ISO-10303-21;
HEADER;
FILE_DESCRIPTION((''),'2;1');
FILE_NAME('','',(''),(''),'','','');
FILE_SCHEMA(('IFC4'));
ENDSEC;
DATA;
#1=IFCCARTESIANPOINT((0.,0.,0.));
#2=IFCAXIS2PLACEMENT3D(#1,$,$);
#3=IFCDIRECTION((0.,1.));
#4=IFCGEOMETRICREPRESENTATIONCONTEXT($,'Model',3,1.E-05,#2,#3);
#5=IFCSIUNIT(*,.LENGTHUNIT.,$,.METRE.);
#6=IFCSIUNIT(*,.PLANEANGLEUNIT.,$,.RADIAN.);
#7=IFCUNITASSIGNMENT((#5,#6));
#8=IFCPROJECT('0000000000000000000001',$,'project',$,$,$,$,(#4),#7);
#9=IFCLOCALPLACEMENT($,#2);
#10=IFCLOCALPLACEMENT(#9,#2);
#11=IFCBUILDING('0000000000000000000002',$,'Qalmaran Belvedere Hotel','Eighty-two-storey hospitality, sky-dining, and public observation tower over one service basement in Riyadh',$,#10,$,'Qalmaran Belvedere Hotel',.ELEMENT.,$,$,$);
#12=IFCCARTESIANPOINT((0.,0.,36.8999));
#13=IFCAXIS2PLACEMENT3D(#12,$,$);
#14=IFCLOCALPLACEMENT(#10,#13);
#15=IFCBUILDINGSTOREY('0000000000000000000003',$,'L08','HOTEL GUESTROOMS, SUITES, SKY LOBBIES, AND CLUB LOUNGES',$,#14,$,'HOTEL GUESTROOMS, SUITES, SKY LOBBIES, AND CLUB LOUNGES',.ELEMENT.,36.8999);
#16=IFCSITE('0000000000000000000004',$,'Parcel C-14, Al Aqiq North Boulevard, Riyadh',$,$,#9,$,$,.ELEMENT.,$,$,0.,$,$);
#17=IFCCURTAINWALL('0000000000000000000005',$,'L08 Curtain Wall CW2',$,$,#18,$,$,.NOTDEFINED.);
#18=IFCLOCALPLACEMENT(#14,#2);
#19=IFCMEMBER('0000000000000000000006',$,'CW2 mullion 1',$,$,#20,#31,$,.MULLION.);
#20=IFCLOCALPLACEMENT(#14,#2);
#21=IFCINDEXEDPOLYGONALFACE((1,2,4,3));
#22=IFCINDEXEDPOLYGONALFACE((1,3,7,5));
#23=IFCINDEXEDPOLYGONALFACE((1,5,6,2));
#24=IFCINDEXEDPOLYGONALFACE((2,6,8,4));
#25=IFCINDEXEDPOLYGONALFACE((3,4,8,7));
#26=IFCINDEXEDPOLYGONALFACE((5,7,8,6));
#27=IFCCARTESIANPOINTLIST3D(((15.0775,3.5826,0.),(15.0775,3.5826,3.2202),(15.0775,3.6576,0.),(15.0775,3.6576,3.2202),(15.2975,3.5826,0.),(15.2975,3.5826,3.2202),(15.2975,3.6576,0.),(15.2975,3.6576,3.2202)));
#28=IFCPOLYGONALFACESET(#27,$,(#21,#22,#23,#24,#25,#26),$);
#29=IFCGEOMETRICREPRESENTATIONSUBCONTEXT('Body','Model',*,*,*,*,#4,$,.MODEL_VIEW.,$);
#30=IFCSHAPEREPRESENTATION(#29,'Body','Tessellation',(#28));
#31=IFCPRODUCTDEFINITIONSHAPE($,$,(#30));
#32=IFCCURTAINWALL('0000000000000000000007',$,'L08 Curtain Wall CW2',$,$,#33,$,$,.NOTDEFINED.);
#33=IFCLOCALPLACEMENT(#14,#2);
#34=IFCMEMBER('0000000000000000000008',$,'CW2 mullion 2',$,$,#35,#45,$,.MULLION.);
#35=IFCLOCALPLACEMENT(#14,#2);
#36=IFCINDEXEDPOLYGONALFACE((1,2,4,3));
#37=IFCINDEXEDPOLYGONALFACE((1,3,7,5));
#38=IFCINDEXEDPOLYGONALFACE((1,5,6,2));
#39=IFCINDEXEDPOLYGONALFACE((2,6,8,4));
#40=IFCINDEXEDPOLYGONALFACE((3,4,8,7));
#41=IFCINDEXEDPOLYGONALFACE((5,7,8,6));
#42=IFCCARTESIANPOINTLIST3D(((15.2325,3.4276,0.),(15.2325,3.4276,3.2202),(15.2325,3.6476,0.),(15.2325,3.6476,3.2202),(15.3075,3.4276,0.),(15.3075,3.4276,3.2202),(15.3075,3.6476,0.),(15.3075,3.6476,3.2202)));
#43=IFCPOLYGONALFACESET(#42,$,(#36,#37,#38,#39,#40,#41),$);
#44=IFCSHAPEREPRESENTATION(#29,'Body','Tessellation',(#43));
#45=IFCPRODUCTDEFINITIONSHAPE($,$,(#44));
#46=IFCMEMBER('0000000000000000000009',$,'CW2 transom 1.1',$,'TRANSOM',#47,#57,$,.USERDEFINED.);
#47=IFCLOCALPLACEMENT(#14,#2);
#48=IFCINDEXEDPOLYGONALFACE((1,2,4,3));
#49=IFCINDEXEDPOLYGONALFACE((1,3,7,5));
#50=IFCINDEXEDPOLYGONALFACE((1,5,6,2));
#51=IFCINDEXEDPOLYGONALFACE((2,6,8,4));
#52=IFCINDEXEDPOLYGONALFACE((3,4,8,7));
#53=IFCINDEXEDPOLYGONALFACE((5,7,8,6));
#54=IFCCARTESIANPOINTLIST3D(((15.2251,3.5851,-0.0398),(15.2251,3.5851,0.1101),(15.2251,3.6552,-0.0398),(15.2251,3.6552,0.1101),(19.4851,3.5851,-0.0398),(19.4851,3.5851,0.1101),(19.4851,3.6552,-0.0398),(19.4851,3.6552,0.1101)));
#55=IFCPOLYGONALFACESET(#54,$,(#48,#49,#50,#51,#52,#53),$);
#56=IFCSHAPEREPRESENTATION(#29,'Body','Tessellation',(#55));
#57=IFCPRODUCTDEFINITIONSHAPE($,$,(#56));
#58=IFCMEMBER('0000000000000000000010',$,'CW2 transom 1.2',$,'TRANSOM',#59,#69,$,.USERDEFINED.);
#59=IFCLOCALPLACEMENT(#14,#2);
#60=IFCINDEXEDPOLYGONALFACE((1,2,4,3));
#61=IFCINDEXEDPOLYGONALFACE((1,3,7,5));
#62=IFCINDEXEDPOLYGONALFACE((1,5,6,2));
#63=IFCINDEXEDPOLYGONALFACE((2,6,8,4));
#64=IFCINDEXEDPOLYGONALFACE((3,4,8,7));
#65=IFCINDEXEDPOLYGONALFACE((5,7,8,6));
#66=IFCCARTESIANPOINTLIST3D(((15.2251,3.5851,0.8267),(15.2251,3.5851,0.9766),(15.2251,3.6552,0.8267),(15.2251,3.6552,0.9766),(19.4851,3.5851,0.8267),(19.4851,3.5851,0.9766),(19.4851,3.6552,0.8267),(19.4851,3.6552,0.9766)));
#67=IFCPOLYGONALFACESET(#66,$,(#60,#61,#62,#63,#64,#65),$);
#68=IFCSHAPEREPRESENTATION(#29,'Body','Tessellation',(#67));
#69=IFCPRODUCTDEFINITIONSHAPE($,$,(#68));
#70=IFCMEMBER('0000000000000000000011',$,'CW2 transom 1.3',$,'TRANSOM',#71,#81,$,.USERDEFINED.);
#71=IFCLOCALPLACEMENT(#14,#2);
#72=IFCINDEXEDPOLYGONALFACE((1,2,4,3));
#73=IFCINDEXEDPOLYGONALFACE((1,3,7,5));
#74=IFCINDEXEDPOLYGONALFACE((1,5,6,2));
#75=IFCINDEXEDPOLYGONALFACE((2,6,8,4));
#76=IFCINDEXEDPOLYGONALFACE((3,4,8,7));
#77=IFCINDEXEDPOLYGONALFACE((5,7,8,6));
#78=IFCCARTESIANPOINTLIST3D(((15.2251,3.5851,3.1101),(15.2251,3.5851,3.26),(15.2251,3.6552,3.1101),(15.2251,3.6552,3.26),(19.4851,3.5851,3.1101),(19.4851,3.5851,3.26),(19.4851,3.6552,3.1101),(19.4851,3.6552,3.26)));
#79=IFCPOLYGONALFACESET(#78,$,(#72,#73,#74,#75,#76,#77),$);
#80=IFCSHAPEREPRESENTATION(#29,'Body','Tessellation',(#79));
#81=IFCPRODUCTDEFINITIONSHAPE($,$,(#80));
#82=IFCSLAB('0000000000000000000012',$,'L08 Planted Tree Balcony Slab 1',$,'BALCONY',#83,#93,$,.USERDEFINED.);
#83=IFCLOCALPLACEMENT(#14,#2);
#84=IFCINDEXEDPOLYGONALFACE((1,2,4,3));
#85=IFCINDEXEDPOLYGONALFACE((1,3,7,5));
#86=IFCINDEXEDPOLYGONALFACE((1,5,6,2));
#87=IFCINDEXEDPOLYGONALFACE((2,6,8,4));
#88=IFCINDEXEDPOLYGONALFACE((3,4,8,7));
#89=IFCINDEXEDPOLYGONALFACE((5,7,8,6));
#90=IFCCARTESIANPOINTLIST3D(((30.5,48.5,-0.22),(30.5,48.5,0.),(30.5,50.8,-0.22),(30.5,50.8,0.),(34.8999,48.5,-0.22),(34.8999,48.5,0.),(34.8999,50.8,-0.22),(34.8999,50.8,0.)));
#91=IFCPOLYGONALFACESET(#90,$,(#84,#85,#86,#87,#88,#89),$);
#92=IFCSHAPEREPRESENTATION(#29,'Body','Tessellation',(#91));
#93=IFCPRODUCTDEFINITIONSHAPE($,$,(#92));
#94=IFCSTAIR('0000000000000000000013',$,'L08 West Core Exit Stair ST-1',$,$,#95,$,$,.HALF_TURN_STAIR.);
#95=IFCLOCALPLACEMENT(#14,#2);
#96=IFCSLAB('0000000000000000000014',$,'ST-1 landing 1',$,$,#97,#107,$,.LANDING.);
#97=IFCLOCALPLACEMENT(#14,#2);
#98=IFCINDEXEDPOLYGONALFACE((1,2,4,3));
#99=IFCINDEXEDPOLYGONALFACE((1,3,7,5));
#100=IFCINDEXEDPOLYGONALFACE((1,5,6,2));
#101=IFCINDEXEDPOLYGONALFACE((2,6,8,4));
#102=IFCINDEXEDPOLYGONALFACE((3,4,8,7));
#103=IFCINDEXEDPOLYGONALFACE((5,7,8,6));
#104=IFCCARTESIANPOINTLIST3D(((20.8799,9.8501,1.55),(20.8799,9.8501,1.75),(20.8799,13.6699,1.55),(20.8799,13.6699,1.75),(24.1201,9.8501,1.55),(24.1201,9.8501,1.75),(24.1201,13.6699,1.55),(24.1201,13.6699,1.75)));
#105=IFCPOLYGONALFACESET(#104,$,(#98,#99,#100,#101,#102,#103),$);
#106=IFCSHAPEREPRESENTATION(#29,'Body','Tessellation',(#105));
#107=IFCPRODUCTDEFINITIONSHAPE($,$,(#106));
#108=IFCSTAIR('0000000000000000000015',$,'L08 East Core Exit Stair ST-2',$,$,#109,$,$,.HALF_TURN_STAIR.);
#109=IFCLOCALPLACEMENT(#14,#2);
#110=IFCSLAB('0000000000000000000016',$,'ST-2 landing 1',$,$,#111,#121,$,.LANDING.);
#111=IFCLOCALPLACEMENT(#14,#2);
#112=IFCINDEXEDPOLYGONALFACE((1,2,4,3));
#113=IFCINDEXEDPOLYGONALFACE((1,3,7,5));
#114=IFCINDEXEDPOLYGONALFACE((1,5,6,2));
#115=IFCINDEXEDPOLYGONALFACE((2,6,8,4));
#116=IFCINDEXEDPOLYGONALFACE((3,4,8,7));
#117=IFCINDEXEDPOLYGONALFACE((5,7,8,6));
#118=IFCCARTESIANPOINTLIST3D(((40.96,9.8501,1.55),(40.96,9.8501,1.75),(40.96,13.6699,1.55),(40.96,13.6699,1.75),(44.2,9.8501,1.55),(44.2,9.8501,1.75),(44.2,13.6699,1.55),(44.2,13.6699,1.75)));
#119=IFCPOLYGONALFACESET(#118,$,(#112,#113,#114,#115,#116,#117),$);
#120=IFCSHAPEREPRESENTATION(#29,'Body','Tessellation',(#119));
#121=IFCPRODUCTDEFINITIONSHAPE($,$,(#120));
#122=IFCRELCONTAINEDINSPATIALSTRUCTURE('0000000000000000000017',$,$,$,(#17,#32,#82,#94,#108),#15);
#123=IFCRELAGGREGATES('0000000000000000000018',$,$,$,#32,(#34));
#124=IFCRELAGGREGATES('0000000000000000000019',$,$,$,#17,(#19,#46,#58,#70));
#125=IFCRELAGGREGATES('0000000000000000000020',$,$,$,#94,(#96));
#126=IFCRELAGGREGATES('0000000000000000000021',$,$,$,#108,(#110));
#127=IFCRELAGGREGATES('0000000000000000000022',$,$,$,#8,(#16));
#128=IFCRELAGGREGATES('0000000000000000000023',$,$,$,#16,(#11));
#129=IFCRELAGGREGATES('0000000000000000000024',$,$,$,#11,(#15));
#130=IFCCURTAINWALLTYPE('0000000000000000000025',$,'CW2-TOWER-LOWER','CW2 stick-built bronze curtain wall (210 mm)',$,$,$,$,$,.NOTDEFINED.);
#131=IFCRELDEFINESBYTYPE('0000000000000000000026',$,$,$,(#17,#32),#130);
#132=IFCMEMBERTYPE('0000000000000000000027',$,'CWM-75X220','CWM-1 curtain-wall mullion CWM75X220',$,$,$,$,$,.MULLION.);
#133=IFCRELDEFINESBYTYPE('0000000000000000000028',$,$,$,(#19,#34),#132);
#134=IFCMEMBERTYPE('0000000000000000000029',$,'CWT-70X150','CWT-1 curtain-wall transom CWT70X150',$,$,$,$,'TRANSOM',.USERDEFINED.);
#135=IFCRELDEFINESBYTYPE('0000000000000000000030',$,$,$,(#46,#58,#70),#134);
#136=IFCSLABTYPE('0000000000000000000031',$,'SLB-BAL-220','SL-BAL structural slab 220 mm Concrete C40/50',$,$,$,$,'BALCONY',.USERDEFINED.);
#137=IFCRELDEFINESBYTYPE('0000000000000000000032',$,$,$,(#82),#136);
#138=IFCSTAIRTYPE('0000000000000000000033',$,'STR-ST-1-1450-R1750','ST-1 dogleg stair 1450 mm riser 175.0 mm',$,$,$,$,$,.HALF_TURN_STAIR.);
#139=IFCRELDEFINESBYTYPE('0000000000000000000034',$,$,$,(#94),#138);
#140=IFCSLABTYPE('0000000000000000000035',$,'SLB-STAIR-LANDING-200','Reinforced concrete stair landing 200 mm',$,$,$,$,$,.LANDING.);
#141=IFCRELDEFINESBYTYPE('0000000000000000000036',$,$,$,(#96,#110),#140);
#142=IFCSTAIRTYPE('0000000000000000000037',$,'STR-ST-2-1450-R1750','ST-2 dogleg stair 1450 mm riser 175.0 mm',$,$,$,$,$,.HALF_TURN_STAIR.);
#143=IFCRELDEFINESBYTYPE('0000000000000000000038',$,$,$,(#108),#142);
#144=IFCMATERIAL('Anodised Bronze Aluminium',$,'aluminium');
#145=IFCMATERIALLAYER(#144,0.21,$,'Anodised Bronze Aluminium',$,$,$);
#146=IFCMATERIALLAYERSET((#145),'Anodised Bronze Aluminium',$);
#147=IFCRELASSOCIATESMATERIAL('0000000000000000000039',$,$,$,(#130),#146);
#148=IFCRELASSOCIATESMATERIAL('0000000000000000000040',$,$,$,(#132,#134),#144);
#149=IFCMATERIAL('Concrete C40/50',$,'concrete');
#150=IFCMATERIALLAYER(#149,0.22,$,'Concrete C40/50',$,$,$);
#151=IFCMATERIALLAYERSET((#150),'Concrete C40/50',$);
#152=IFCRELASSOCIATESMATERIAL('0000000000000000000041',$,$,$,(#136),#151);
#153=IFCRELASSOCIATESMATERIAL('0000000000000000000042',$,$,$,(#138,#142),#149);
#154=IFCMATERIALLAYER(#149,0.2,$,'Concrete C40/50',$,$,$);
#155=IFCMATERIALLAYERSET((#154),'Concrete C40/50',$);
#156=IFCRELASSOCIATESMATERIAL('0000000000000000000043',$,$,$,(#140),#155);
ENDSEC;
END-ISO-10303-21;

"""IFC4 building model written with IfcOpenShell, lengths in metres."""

from ifc_helpers import new_model, si_unit, direction, frame, origin, origin_2d, place, context, subcontext, project, spatial, polyline, rectangle, outline, extrude, material, layer, layer_set, material_profile, profile_set, type_object, element, aggregate, save


model = new_model("IFC4")

# Units and contexts
model_context = context("Model", 3, precision=1e-05, world=origin(), true_north=direction((0.0, 1.0)))
body_context = subcontext(model_context, "Body", "Model", "MODEL_VIEW")
ifc_project = project(units=[si_unit("LENGTHUNIT", "METRE"), si_unit("PLANEANGLEUNIT", "RADIAN")], contexts=[model_context])

# Site, building, storey
site_placement = place(None, origin())
site = spatial("IfcSite", under=ifc_project, at=site_placement, Name="Parcel C-14, Al Aqiq North Boulevard, Riyadh", CompositionType="ELEMENT", RefElevation=0.0)
building_placement = place(site_placement, origin())
building = spatial("IfcBuilding", under=site, at=building_placement, Name="Qalmaran Belvedere Hotel", Description="Eighty-two-storey hospitality, sky-dining, and public observation tower over one service basement in Riyadh", LongName="Qalmaran Belvedere Hotel", CompositionType="ELEMENT")
storey_placement = place(building_placement, frame((0.0, 0.0, 36.8999)))
storey = spatial("IfcBuildingStorey", under=building, at=storey_placement, Name="L08", Description="HOTEL GUESTROOMS, SUITES, SKY LOBBIES, AND CLUB LOUNGES", LongName="HOTEL GUESTROOMS, SUITES, SKY LOBBIES, AND CLUB LOUNGES", CompositionType="ELEMENT", Elevation=36.8999)

# Curtain walls, members
ifc_material_1 = material(Name="Anodised Bronze Aluminium", Category="aluminium")
ifc_layer_1 = layer(ifc_material_1, 0.21, Name="Anodised Bronze Aluminium")
ifc_layer_set_1 = layer_set([ifc_layer_1], Name="Anodised Bronze Aluminium")
curtain_wall_type = type_object("IfcCurtainWallType", Name="CW2-TOWER-LOWER", Description="CW2 stick-built bronze curtain wall (210 mm)", PredefinedType="NOTDEFINED", material=ifc_layer_set_1)
curtain_wall_1_placement = place(storey_placement, origin())
curtain_wall_1 = element("IfcCurtainWall", 1, at=curtain_wall_1_placement, inside=storey, type_object=curtain_wall_type, Name="L08 Curtain Wall CW2", PredefinedType="NOTDEFINED")
ifc_material_profile_1 = material_profile(ifc_material_1, rectangle(XDim=0.075, YDim=0.22, at=origin_2d()), Name="CWM75X220")
ifc_profile_set_1 = profile_set([ifc_material_profile_1], Name="Anodised Bronze Aluminium")
member_type_1 = type_object("IfcMemberType", Name="CWM-75X220", Description="CWM-1 curtain-wall mullion CWM75X220", PredefinedType="MULLION", material=ifc_profile_set_1)
member_1_placement = place(storey_placement, frame((15.1875, 3.6201, 0.0), z_axis=(0.0, 0.0, 1.0), x_axis=(0.0, 1.0, 0.0)))
member_1 = element("IfcMember", 2, at=member_1_placement, type_object=member_type_1, Name="CW2 mullion 1", PredefinedType="MULLION", context=body_context, shape_type="SweptSolid", body=[
    extrude(rectangle(XDim=0.075, YDim=0.22, at=origin_2d()), origin(), (0.0, 0.0, 1.0), 3.2202),
])
curtain_wall_2_placement = place(storey_placement, origin())
curtain_wall_2 = element("IfcCurtainWall", 3, at=curtain_wall_2_placement, inside=storey, type_object=curtain_wall_type, Name="L08 Curtain Wall CW2", PredefinedType="NOTDEFINED")
member_2_placement = place(storey_placement, frame((15.27, 3.5376, 0.0), z_axis=(0.0, 0.0, 1.0), x_axis=(1.0, 0.0, 0.0)))
member_2 = element("IfcMember", 4, at=member_2_placement, type_object=member_type_1, Name="CW2 mullion 2", PredefinedType="MULLION", context=body_context, shape_type="SweptSolid", body=[
    extrude(rectangle(XDim=0.075, YDim=0.22, at=origin_2d()), origin(), (0.0, 0.0, 1.0), 3.2202),
])
aggregate(curtain_wall_2, [member_2])

# Members
ifc_material_profile_2 = material_profile(ifc_material_1, rectangle(XDim=0.0701, YDim=0.1499, at=origin_2d()), Name="CWT70X150")
ifc_profile_set_2 = profile_set([ifc_material_profile_2], Name="Anodised Bronze Aluminium")
member_type_2 = type_object("IfcMemberType", Name="CWT-70X150", Description="CWT-1 curtain-wall transom CWT70X150", ElementType="TRANSOM", PredefinedType="USERDEFINED", material=ifc_profile_set_2)
member_3_placement = place(storey_placement, frame((15.2251, 3.6201, 0.0352), z_axis=(1.0, 0.0, 0.0), x_axis=(0.0, 1.0, 0.0)))
member_3 = element("IfcMember", 5, at=member_3_placement, type_object=member_type_2, Name="CW2 transom 1.1", ObjectType="TRANSOM", PredefinedType="USERDEFINED", context=body_context, shape_type="SweptSolid", body=[
    extrude(rectangle(XDim=0.0701, YDim=0.1499, at=origin_2d()), origin(), (0.0, 0.0, 1.0), 4.26),
])
member_4_placement = place(storey_placement, frame((15.2251, 3.6201, 0.9016), z_axis=(1.0, 0.0, 0.0), x_axis=(0.0, 1.0, 0.0)))
member_4 = element("IfcMember", 6, at=member_4_placement, type_object=member_type_2, Name="CW2 transom 1.2", ObjectType="TRANSOM", PredefinedType="USERDEFINED", context=body_context, shape_type="SweptSolid", body=[
    extrude(rectangle(XDim=0.0701, YDim=0.1499, at=origin_2d()), origin(), (0.0, 0.0, 1.0), 4.26),
])
member_5_placement = place(storey_placement, frame((15.2251, 3.6201, 3.1851), z_axis=(1.0, 0.0, 0.0), x_axis=(0.0, 1.0, 0.0)))
member_5 = element("IfcMember", 7, at=member_5_placement, type_object=member_type_2, Name="CW2 transom 1.3", ObjectType="TRANSOM", PredefinedType="USERDEFINED", context=body_context, shape_type="SweptSolid", body=[
    extrude(rectangle(XDim=0.0701, YDim=0.1499, at=origin_2d()), origin(), (0.0, 0.0, 1.0), 4.26),
])
aggregate(curtain_wall_1, [member_1, member_3, member_4, member_5])

# Slab
ifc_material_2 = material(Name="Concrete C40/50", Category="concrete")
ifc_layer_2 = layer(ifc_material_2, 0.22, Name="Concrete C40/50")
ifc_layer_set_2 = layer_set([ifc_layer_2], Name="Concrete C40/50")
slab_type_1 = type_object("IfcSlabType", Name="SLB-BAL-220", Description="SL-BAL structural slab 220 mm Concrete C40/50", ElementType="BALCONY", PredefinedType="USERDEFINED", material=ifc_layer_set_2)
slab_1_placement = place(storey_placement, frame((0.0, 0.0, -0.22)))
element("IfcSlab", 8, at=slab_1_placement, inside=storey, type_object=slab_type_1, Name="L08 Planted Tree Balcony Slab 1", ObjectType="BALCONY", PredefinedType="USERDEFINED", context=body_context, shape_type="SweptSolid", body=[
    extrude(outline(polyline([(30.5, 48.5), (34.8999, 48.5), (34.8999, 50.8), (30.5, 50.8), (30.5, 48.5)])), origin(), (0.0, 0.0, 1.0), 0.22),
])

# Stairs, slabs
stair_type_1 = type_object("IfcStairType", Name="STR-ST-1-1450-R1750", Description="ST-1 dogleg stair 1450 mm riser 175.0 mm", PredefinedType="HALF_TURN_STAIR", material=ifc_material_2)
stair_1_placement = place(storey_placement, origin())
stair_1 = element("IfcStair", 9, at=stair_1_placement, inside=storey, type_object=stair_type_1, Name="L08 West Core Exit Stair ST-1", PredefinedType="HALF_TURN_STAIR")
ifc_layer_3 = layer(ifc_material_2, 0.2, Name="Concrete C40/50")
ifc_layer_set_3 = layer_set([ifc_layer_3], Name="Concrete C40/50")
slab_type_2 = type_object("IfcSlabType", Name="SLB-STAIR-LANDING-200", Description="Reinforced concrete stair landing 200 mm", PredefinedType="LANDING", material=ifc_layer_set_3)
slab_2_placement = place(storey_placement, frame((0.0, 0.0, 1.55)))
slab_2 = element("IfcSlab", 10, at=slab_2_placement, type_object=slab_type_2, Name="ST-1 landing 1", PredefinedType="LANDING", context=body_context, shape_type="SweptSolid", body=[
    extrude(outline(polyline([(20.8799, 13.6699), (20.8799, 9.8501), (24.1201, 9.8501), (24.1201, 13.6699), (20.8799, 13.6699)])), origin(), (0.0, 0.0, 1.0), 0.2),
])
aggregate(stair_1, [slab_2])
stair_type_2 = type_object("IfcStairType", Name="STR-ST-2-1450-R1750", Description="ST-2 dogleg stair 1450 mm riser 175.0 mm", PredefinedType="HALF_TURN_STAIR", material=ifc_material_2)
stair_2_placement = place(storey_placement, origin())
stair_2 = element("IfcStair", 11, at=stair_2_placement, inside=storey, type_object=stair_type_2, Name="L08 East Core Exit Stair ST-2", PredefinedType="HALF_TURN_STAIR")
slab_3_placement = place(storey_placement, frame((0.0, 0.0, 1.55)))
slab_3 = element("IfcSlab", 12, at=slab_3_placement, type_object=slab_type_2, Name="ST-2 landing 1", PredefinedType="LANDING", context=body_context, shape_type="SweptSolid", body=[
    extrude(outline(polyline([(40.96, 13.6699), (40.96, 9.8501), (44.2, 9.8501), (44.2, 13.6699), (40.96, 13.6699)])), origin(), (0.0, 0.0, 1.0), 0.2),
])
aggregate(stair_2, [slab_3])

save(model, "model.ifc")
